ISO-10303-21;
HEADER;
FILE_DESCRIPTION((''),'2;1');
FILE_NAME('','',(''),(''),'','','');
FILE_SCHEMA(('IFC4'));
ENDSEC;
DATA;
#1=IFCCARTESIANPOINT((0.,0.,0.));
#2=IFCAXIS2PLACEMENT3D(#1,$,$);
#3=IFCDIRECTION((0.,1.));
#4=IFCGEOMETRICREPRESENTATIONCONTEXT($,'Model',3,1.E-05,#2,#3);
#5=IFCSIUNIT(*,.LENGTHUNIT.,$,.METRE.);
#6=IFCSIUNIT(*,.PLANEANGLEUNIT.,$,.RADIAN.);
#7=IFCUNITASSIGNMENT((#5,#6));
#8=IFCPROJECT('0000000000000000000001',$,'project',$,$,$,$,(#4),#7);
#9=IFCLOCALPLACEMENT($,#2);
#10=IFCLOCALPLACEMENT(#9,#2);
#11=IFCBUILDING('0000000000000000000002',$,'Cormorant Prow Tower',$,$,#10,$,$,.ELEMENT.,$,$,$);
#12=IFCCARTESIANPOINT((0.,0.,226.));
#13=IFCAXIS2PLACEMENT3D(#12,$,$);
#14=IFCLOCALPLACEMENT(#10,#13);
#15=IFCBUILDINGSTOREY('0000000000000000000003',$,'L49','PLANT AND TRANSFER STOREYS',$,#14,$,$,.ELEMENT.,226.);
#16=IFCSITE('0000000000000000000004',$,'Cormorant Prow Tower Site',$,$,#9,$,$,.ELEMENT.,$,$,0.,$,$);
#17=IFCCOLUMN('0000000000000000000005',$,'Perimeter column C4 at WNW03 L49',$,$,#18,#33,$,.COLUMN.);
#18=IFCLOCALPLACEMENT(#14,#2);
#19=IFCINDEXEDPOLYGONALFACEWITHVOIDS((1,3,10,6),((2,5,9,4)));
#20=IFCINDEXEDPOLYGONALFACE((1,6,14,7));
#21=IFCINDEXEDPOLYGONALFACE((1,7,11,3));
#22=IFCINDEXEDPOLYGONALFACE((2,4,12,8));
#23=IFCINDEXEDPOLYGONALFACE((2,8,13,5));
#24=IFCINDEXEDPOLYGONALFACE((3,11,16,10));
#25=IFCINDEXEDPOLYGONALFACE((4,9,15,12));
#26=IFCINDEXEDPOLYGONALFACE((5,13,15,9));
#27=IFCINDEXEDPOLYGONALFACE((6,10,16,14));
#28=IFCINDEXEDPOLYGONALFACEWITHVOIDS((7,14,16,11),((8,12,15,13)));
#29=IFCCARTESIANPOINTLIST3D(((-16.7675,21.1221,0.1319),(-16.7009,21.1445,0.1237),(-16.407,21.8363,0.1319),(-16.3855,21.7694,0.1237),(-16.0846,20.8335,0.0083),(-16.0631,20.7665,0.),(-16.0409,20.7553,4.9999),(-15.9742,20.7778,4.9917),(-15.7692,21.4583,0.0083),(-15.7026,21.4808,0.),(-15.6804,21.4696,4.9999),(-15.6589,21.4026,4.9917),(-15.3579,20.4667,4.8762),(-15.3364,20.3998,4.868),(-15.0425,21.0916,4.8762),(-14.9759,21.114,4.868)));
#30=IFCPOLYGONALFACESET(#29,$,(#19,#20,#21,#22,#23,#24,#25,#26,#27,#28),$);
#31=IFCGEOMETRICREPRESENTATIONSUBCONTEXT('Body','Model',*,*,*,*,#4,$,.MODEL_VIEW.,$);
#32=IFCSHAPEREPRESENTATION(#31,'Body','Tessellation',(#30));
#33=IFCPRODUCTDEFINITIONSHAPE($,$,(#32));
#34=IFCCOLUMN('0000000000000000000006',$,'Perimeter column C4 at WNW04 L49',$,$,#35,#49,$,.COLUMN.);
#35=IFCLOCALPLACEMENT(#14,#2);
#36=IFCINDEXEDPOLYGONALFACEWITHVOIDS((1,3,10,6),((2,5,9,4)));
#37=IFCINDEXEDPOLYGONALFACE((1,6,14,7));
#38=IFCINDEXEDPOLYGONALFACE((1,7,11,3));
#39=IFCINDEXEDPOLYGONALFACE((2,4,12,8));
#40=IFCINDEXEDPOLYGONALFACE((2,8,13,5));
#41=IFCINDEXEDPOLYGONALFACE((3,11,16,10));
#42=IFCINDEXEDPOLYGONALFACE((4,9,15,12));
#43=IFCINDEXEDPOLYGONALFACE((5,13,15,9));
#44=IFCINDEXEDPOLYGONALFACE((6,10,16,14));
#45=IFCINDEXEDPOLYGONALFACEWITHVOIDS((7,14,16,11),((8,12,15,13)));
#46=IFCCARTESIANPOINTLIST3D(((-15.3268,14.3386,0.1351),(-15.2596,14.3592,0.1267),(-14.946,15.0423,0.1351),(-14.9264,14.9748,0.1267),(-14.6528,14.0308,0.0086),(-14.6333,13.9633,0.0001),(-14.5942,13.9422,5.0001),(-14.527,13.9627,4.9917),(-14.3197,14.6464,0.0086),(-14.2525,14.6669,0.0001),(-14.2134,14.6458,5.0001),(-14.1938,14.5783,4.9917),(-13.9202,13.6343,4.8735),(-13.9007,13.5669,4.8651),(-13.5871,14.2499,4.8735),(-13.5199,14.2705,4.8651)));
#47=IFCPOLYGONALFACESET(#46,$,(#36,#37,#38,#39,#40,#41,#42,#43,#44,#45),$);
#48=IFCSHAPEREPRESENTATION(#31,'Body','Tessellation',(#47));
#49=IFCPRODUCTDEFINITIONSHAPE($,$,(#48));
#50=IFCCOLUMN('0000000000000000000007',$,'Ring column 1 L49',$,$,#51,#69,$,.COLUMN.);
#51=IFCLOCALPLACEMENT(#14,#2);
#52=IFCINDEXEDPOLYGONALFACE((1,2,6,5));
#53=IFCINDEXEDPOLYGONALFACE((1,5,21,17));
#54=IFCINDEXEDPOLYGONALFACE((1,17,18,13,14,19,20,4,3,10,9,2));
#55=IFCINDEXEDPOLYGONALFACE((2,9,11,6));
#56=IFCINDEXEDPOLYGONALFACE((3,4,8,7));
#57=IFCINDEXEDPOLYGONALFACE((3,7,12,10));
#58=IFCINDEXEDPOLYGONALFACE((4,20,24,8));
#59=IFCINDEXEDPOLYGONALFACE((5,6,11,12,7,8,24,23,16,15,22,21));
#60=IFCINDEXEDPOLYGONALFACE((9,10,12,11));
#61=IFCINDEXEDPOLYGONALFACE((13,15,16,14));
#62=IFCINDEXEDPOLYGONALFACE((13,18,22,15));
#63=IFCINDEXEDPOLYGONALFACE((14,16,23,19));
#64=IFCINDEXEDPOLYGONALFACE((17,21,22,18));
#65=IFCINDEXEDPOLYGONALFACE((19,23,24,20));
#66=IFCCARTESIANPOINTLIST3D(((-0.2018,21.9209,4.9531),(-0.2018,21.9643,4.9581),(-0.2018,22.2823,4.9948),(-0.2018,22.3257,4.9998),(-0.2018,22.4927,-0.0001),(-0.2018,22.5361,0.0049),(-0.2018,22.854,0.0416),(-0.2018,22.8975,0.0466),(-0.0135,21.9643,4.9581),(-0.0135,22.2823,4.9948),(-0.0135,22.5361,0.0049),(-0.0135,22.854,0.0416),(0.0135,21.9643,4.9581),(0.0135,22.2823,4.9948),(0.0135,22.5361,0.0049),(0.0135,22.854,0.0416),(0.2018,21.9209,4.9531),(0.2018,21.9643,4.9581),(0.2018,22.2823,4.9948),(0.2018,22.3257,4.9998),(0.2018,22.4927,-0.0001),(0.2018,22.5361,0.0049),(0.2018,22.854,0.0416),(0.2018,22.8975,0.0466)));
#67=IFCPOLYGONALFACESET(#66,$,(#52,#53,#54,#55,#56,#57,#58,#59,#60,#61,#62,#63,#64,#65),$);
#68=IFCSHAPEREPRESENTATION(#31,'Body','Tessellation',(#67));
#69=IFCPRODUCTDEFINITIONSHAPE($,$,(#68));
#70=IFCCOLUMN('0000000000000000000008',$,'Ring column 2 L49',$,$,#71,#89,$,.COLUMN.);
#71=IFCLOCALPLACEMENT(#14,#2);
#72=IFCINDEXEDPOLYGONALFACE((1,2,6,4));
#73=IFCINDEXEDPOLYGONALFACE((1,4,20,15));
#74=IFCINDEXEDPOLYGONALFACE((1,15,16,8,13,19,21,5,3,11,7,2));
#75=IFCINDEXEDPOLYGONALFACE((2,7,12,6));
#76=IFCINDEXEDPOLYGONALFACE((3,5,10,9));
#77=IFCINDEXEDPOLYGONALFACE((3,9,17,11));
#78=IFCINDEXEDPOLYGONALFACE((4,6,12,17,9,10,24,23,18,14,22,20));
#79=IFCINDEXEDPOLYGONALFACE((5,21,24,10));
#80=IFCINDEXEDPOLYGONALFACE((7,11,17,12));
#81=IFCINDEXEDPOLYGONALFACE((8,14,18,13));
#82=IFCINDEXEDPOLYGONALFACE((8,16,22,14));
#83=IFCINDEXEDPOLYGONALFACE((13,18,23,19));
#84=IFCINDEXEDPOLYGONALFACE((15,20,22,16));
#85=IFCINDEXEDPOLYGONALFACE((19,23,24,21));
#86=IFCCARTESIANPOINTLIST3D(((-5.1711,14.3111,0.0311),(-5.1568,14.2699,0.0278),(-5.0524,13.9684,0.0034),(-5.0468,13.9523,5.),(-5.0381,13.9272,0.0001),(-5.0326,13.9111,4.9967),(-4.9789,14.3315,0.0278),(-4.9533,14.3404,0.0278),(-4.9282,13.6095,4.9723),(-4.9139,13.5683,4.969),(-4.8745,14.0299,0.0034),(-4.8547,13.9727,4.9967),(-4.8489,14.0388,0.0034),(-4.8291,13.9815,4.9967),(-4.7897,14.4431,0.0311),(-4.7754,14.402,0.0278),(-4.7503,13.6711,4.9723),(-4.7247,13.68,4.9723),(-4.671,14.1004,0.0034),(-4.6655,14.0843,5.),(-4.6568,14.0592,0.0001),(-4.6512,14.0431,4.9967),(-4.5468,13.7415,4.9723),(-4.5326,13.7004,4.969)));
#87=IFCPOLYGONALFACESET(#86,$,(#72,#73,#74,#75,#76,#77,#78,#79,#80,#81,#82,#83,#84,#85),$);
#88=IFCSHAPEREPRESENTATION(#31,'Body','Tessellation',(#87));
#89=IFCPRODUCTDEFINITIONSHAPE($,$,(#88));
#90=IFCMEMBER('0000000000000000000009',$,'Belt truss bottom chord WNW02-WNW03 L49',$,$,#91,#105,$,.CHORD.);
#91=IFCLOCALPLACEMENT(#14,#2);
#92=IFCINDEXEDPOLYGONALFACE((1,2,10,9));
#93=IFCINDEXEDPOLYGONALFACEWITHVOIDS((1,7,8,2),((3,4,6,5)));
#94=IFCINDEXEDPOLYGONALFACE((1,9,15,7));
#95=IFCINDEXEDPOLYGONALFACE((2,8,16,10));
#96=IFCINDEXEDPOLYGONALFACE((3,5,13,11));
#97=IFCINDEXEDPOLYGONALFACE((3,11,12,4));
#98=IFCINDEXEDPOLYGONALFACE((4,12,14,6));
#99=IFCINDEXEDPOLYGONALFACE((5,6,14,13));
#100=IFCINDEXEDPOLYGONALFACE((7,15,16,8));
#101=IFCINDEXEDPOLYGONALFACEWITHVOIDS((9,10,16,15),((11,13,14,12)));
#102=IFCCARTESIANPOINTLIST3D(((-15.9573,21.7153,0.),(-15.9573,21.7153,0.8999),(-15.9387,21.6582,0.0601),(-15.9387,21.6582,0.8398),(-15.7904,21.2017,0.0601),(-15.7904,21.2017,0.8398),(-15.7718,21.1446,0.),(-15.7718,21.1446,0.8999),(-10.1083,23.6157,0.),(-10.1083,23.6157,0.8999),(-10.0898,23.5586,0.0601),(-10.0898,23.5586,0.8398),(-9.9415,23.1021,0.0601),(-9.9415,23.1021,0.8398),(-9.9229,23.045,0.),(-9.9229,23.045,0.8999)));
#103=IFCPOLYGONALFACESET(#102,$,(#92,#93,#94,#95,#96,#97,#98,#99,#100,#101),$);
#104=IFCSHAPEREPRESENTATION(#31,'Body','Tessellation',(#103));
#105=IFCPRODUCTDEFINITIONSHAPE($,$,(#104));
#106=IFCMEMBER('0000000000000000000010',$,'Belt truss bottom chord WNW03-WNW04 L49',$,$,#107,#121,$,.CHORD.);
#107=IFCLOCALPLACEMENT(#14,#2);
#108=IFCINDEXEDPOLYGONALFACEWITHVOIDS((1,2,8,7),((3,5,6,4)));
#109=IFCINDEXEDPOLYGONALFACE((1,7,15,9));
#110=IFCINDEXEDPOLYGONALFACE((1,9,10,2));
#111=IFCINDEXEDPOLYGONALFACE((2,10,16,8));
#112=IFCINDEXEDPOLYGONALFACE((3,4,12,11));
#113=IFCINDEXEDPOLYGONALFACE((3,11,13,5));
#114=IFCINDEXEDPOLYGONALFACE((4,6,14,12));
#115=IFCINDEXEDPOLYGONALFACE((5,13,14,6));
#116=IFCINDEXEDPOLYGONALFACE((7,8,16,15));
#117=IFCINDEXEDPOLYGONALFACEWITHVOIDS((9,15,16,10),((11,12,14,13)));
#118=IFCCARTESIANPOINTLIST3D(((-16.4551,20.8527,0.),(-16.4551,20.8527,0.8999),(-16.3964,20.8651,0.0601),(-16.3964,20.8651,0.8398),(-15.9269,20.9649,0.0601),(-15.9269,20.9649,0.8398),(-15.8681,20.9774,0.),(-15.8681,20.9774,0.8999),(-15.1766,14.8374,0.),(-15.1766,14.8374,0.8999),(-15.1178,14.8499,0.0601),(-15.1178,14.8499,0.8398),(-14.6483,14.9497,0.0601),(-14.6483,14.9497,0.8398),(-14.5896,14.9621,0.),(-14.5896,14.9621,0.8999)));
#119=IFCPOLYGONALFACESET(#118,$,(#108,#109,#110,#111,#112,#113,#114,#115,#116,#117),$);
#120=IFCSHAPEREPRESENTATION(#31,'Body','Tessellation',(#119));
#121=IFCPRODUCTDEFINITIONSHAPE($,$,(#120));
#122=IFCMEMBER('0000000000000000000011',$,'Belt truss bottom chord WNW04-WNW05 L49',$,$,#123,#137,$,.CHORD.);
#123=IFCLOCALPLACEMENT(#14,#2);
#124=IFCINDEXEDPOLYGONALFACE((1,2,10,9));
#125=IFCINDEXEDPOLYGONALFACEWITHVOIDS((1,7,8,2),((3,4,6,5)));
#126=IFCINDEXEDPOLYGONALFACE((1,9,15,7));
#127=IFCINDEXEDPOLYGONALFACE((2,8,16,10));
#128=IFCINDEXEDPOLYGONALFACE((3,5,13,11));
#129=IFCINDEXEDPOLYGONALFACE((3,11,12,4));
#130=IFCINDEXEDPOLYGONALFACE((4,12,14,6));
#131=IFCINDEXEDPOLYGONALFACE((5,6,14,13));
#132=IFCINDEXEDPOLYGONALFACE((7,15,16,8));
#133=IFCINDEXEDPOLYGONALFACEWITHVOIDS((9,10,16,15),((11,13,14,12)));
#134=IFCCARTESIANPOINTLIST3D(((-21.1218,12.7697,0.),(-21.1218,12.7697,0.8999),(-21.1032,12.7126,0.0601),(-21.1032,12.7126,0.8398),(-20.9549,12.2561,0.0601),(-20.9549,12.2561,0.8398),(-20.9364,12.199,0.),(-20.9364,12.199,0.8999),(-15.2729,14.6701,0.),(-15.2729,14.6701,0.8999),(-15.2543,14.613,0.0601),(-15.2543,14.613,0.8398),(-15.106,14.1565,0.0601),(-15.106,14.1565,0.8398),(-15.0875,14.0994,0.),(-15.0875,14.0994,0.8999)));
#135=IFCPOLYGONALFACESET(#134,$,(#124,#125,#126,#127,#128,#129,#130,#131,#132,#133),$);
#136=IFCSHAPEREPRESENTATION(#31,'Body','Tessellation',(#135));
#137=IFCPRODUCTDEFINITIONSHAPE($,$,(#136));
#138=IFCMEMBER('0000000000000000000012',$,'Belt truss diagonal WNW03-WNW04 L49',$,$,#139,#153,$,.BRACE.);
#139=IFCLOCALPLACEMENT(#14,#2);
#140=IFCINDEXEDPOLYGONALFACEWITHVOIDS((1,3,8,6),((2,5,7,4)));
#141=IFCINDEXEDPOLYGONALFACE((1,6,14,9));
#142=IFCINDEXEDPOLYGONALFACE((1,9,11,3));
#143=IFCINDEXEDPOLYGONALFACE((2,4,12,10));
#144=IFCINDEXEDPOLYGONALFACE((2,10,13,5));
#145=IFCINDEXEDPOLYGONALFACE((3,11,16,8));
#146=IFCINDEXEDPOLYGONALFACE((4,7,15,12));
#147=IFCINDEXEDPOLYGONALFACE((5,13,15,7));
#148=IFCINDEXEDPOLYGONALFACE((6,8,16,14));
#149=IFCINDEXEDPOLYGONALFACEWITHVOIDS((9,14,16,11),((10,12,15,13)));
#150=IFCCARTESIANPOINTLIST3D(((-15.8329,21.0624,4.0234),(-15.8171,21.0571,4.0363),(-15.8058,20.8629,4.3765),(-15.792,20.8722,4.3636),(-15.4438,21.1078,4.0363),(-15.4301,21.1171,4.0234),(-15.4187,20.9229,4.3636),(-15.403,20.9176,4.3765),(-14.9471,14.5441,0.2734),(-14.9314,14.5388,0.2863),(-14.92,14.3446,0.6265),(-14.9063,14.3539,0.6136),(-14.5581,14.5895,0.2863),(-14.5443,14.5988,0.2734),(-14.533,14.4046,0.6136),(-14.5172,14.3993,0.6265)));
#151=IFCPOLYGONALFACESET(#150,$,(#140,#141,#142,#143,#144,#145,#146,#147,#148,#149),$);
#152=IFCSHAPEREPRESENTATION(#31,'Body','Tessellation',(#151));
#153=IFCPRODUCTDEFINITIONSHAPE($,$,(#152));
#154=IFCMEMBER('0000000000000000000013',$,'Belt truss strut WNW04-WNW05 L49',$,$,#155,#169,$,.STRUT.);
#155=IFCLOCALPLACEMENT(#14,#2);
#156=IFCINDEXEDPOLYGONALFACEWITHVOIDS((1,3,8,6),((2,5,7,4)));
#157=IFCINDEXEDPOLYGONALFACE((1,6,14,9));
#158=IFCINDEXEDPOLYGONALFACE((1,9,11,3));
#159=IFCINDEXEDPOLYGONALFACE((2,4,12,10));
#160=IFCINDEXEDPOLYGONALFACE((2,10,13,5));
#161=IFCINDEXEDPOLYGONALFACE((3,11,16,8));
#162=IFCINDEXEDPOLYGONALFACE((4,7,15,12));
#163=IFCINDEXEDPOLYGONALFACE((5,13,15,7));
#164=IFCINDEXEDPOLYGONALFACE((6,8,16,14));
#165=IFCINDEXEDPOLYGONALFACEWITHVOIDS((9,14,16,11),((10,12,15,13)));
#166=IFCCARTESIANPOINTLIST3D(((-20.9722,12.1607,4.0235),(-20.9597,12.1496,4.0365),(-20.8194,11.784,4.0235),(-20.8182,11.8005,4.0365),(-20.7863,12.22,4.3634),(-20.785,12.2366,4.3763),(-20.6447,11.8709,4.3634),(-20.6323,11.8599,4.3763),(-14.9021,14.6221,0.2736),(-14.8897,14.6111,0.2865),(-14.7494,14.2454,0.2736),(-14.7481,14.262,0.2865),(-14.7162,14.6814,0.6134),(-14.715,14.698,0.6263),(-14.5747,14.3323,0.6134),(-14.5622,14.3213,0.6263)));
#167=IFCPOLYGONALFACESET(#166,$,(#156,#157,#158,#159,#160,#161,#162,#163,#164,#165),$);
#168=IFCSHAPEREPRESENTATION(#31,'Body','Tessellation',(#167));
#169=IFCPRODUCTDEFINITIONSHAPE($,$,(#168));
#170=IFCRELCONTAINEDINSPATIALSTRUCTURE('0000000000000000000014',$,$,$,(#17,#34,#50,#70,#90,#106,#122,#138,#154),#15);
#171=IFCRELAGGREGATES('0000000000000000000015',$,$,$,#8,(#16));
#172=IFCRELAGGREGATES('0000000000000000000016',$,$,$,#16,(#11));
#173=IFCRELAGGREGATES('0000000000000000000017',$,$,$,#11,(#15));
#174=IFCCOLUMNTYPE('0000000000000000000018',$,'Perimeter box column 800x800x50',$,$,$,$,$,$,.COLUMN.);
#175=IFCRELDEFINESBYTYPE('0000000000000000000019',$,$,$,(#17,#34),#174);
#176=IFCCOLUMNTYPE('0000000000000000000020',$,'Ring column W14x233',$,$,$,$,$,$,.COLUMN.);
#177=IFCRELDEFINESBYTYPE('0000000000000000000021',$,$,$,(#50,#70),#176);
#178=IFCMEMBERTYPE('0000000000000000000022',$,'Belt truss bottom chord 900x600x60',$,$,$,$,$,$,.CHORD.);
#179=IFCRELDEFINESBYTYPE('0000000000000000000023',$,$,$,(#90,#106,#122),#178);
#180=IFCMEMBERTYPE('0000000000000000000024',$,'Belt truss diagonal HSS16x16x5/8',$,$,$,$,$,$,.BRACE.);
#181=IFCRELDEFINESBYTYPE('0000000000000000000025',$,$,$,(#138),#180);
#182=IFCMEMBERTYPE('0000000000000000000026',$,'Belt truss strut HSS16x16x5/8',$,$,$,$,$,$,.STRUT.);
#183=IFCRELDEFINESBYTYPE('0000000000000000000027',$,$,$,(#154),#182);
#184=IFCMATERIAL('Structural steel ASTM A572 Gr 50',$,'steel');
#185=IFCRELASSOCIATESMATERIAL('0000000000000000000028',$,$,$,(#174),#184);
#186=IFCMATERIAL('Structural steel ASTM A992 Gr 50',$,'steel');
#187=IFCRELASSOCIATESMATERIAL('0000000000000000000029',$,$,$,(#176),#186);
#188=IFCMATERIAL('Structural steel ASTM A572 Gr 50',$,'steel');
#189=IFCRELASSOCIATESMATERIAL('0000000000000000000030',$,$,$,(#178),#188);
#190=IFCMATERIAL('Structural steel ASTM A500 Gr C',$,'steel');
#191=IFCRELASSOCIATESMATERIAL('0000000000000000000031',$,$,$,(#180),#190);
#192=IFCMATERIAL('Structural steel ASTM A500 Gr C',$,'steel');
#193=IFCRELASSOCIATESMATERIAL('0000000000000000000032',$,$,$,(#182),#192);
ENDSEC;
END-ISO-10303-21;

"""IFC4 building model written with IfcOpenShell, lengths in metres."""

from ifc_helpers import new_model, si_unit, direction, frame, origin, origin_2d, place, context, subcontext, project, spatial, hollow_rectangle, i_section, extrude, material, material_profile, profile_set, type_object, element, save


model = new_model("IFC4")

# Units and contexts
model_context = context("Model", 3, precision=1e-05, world=origin(), true_north=direction((0.0, 1.0)))
body_context = subcontext(model_context, "Body", "Model", "MODEL_VIEW")
ifc_project = project(units=[si_unit("LENGTHUNIT", "METRE"), si_unit("PLANEANGLEUNIT", "RADIAN")], contexts=[model_context])

# Site, building, storey
site_placement = place(None, origin())
site = spatial("IfcSite", under=ifc_project, at=site_placement, Name="Cormorant Prow Tower Site", CompositionType="ELEMENT", RefElevation=0.0)
building_placement = place(site_placement, origin())
building = spatial("IfcBuilding", under=site, at=building_placement, Name="Cormorant Prow Tower", CompositionType="ELEMENT")
storey_placement = place(building_placement, frame((0.0, 0.0, 226.0)))
storey = spatial("IfcBuildingStorey", under=building, at=storey_placement, Name="L49", Description="PLANT AND TRANSFER STOREYS", CompositionType="ELEMENT", Elevation=226.0)

# Columns
ifc_material_1 = material(Name="Structural steel ASTM A572 Gr 50", Category="steel")
ifc_material_profile_1 = material_profile(ifc_material_1, hollow_rectangle(XDim=0.8, YDim=0.8, WallThickness=0.05, at=origin_2d()), Name="Box 800x800x50")
ifc_profile_set_1 = profile_set([ifc_material_profile_1], Name="Structural steel ASTM A572 Gr 50")
column_type_1 = type_object("IfcColumnType", Name="Perimeter box column 800x800x50", PredefinedType="COLUMN", material=ifc_profile_set_1)
column_1_placement = place(storey_placement, frame((-16.2449, 21.3064, 0.0), z_axis=(0.147224, -0.07431, 0.986308), x_axis=(0.450598, 0.892727, 0.0)))
element("IfcColumn", 1, at=column_1_placement, inside=storey, type_object=column_type_1, Name="Perimeter column C4 at WNW03 L49", PredefinedType="COLUMN", context=body_context, shape_type="SweptSolid", body=[
    extrude(hollow_rectangle(XDim=0.8, YDim=0.8, WallThickness=0.05, at=origin_2d()), frame((0.0, 0.0, 0.0669)), (0.0, 0.0, 1.0), 4.9355),
])
column_2_placement = place(storey_placement, frame((-14.7998, 14.5083, 0.0), z_axis=(0.148426, -0.080325, 0.985656), x_axis=(0.475952, 0.879471, 0.0)))
element("IfcColumn", 2, at=column_2_placement, inside=storey, type_object=column_type_1, Name="Perimeter column C4 at WNW04 L49", PredefinedType="COLUMN", context=body_context, shape_type="SweptSolid", body=[
    extrude(hollow_rectangle(XDim=0.8, YDim=0.8, WallThickness=0.05, at=origin_2d()), frame((0.0, 0.0, 0.0686)), (0.0, 0.0, 1.0), 4.9358),
])
ifc_material_2 = material(Name="Structural steel ASTM A992 Gr 50", Category="steel")
ifc_material_profile_2 = material_profile(ifc_material_2, i_section(OverallWidth=0.4036, OverallDepth=0.4075, WebThickness=0.0271, FlangeThickness=0.0437, at=origin_2d()), Name="W14x233")
ifc_profile_set_2 = profile_set([ifc_material_profile_2], Name="Structural steel ASTM A992 Gr 50")
column_type_2 = type_object("IfcColumnType", Name="Ring column W14x233", PredefinedType="COLUMN", material=ifc_profile_set_2)
column_3_placement = place(storey_placement, frame((0.0, 22.6978, 0.0), z_axis=(0.0, -0.114668, 0.993404), x_axis=(1.0, 0.0, 0.0)))
element("IfcColumn", 3, at=column_3_placement, inside=storey, type_object=column_type_2, Name="Ring column 1 L49", PredefinedType="COLUMN", context=body_context, shape_type="SweptSolid", body=[
    extrude(i_section(OverallWidth=0.4036, OverallDepth=0.4075, WebThickness=0.0271, FlangeThickness=0.0437, at=origin_2d()), frame((0.0, 0.0, 0.0234)), (0.0, 0.0, 1.0), 4.9861),
])
column_4_placement = place(storey_placement, frame((-4.9143, 14.1863, 0.0), z_axis=(0.024927, -0.072007, 0.997093), x_axis=(0.944978, 0.327133, 0.0)))
element("IfcColumn", 4, at=column_4_placement, inside=storey, type_object=column_type_2, Name="Ring column 2 L49", PredefinedType="COLUMN", context=body_context, shape_type="SweptSolid", body=[
    extrude(i_section(OverallWidth=0.4036, OverallDepth=0.4075, WebThickness=0.0271, FlangeThickness=0.0437, at=origin_2d()), frame((0.0, 0.0, 0.0156)), (0.0, 0.0, 1.0), 4.9834),
])

# Members
ifc_material_3 = material(Name="Structural steel ASTM A572 Gr 50", Category="steel")
ifc_material_profile_3 = material_profile(ifc_material_3, hollow_rectangle(XDim=0.6001, YDim=0.8999, WallThickness=0.0601, at=origin_2d()), Name="Box 900x600x60")
ifc_profile_set_3 = profile_set([ifc_material_profile_3], Name="Structural steel ASTM A572 Gr 50")
member_type_1 = type_object("IfcMemberType", Name="Belt truss bottom chord 900x600x60", PredefinedType="CHORD", material=ifc_profile_set_3)
member_1_placement = place(storey_placement, frame((-10.0156, 23.3303, 0.45), z_axis=(-0.951058, -0.309013, 0.0), x_axis=(0.309013, -0.951058, 0.0)))
element("IfcMember", 5, at=member_1_placement, inside=storey, type_object=member_type_1, Name="Belt truss bottom chord WNW02-WNW03 L49", PredefinedType="CHORD", context=body_context, shape_type="SweptSolid", body=[
    extrude(hollow_rectangle(XDim=0.6001, YDim=0.8999, WallThickness=0.0601, at=origin_2d()), origin(), (0.0, 0.0, 1.0), 6.1499),
])
member_2_placement = place(storey_placement, frame((-16.1616, 20.915, 0.45), z_axis=(0.207905, -0.978149, 0.0), x_axis=(0.978149, 0.207905, 0.0)))
element("IfcMember", 6, at=member_2_placement, inside=storey, type_object=member_type_1, Name="Belt truss bottom chord WNW03-WNW04 L49", PredefinedType="CHORD", context=body_context, shape_type="SweptSolid", body=[
    extrude(hollow_rectangle(XDim=0.6001, YDim=0.8999, WallThickness=0.0601, at=origin_2d()), origin(), (0.0, 0.0, 1.0), 6.1497),
])
member_3_placement = place(storey_placement, frame((-15.1802, 14.3848, 0.45), z_axis=(-0.951058, -0.309013, 0.0), x_axis=(0.309013, -0.951058, 0.0)))
element("IfcMember", 7, at=member_3_placement, inside=storey, type_object=member_type_1, Name="Belt truss bottom chord WNW04-WNW05 L49", PredefinedType="CHORD", context=body_context, shape_type="SweptSolid", body=[
    extrude(hollow_rectangle(XDim=0.6001, YDim=0.8999, WallThickness=0.0601, at=origin_2d()), origin(), (0.0, 0.0, 1.0), 6.1499),
])
ifc_material_4 = material(Name="Structural steel ASTM A500 Gr C", Category="steel")
ifc_material_profile_4 = material_profile(ifc_material_4, hollow_rectangle(XDim=0.4065, YDim=0.4065, WallThickness=0.0149, at=origin_2d()), Name="HSS16x16x5/8")
ifc_profile_set_4 = profile_set([ifc_material_profile_4], Name="Structural steel ASTM A500 Gr C")
member_type_2 = type_object("IfcMemberType", Name="Belt truss diagonal HSS16x16x5/8", PredefinedType="BRACE", material=ifc_profile_set_4)
member_4_placement = place(storey_placement, frame((-14.7322, 14.4717, 0.45), z_axis=(-0.116976, 0.860842, 0.495245), x_axis=(-0.990894, -0.134648, 0.0)))
element("IfcMember", 8, at=member_4_placement, inside=storey, type_object=member_type_2, Name="Belt truss diagonal WNW03-WNW04 L49", PredefinedType="BRACE", context=body_context, shape_type="SweptSolid", body=[
    extrude(hollow_rectangle(XDim=0.4065, YDim=0.4065, WallThickness=0.0149, at=origin_2d()), origin(), (0.0, 0.0, 1.0), 7.572),
])
ifc_material_5 = material(Name="Structural steel ASTM A500 Gr C", Category="steel")
ifc_material_profile_5 = material_profile(ifc_material_5, hollow_rectangle(XDim=0.4065, YDim=0.4065, WallThickness=0.0149, at=origin_2d()), Name="HSS16x16x5/8")
ifc_profile_set_5 = profile_set([ifc_material_profile_5], Name="Structural steel ASTM A500 Gr C")
member_type_3 = type_object("IfcMemberType", Name="Belt truss strut HSS16x16x5/8", PredefinedType="STRUT", material=ifc_profile_set_5)
member_5_placement = place(storey_placement, frame((-14.7322, 14.4717, 0.45), z_axis=(-0.804234, -0.326119, 0.496844), x_axis=(0.375782, -0.926708, 0.0)))
element("IfcMember", 9, at=member_5_placement, inside=storey, type_object=member_type_3, Name="Belt truss strut WNW04-WNW05 L49", PredefinedType="STRUT", context=body_context, shape_type="SweptSolid", body=[
    extrude(hollow_rectangle(XDim=0.4065, YDim=0.4065, WallThickness=0.0149, at=origin_2d()), origin(), (0.0, 0.0, 1.0), 7.5476),
])

save(model, "model.ifc")
